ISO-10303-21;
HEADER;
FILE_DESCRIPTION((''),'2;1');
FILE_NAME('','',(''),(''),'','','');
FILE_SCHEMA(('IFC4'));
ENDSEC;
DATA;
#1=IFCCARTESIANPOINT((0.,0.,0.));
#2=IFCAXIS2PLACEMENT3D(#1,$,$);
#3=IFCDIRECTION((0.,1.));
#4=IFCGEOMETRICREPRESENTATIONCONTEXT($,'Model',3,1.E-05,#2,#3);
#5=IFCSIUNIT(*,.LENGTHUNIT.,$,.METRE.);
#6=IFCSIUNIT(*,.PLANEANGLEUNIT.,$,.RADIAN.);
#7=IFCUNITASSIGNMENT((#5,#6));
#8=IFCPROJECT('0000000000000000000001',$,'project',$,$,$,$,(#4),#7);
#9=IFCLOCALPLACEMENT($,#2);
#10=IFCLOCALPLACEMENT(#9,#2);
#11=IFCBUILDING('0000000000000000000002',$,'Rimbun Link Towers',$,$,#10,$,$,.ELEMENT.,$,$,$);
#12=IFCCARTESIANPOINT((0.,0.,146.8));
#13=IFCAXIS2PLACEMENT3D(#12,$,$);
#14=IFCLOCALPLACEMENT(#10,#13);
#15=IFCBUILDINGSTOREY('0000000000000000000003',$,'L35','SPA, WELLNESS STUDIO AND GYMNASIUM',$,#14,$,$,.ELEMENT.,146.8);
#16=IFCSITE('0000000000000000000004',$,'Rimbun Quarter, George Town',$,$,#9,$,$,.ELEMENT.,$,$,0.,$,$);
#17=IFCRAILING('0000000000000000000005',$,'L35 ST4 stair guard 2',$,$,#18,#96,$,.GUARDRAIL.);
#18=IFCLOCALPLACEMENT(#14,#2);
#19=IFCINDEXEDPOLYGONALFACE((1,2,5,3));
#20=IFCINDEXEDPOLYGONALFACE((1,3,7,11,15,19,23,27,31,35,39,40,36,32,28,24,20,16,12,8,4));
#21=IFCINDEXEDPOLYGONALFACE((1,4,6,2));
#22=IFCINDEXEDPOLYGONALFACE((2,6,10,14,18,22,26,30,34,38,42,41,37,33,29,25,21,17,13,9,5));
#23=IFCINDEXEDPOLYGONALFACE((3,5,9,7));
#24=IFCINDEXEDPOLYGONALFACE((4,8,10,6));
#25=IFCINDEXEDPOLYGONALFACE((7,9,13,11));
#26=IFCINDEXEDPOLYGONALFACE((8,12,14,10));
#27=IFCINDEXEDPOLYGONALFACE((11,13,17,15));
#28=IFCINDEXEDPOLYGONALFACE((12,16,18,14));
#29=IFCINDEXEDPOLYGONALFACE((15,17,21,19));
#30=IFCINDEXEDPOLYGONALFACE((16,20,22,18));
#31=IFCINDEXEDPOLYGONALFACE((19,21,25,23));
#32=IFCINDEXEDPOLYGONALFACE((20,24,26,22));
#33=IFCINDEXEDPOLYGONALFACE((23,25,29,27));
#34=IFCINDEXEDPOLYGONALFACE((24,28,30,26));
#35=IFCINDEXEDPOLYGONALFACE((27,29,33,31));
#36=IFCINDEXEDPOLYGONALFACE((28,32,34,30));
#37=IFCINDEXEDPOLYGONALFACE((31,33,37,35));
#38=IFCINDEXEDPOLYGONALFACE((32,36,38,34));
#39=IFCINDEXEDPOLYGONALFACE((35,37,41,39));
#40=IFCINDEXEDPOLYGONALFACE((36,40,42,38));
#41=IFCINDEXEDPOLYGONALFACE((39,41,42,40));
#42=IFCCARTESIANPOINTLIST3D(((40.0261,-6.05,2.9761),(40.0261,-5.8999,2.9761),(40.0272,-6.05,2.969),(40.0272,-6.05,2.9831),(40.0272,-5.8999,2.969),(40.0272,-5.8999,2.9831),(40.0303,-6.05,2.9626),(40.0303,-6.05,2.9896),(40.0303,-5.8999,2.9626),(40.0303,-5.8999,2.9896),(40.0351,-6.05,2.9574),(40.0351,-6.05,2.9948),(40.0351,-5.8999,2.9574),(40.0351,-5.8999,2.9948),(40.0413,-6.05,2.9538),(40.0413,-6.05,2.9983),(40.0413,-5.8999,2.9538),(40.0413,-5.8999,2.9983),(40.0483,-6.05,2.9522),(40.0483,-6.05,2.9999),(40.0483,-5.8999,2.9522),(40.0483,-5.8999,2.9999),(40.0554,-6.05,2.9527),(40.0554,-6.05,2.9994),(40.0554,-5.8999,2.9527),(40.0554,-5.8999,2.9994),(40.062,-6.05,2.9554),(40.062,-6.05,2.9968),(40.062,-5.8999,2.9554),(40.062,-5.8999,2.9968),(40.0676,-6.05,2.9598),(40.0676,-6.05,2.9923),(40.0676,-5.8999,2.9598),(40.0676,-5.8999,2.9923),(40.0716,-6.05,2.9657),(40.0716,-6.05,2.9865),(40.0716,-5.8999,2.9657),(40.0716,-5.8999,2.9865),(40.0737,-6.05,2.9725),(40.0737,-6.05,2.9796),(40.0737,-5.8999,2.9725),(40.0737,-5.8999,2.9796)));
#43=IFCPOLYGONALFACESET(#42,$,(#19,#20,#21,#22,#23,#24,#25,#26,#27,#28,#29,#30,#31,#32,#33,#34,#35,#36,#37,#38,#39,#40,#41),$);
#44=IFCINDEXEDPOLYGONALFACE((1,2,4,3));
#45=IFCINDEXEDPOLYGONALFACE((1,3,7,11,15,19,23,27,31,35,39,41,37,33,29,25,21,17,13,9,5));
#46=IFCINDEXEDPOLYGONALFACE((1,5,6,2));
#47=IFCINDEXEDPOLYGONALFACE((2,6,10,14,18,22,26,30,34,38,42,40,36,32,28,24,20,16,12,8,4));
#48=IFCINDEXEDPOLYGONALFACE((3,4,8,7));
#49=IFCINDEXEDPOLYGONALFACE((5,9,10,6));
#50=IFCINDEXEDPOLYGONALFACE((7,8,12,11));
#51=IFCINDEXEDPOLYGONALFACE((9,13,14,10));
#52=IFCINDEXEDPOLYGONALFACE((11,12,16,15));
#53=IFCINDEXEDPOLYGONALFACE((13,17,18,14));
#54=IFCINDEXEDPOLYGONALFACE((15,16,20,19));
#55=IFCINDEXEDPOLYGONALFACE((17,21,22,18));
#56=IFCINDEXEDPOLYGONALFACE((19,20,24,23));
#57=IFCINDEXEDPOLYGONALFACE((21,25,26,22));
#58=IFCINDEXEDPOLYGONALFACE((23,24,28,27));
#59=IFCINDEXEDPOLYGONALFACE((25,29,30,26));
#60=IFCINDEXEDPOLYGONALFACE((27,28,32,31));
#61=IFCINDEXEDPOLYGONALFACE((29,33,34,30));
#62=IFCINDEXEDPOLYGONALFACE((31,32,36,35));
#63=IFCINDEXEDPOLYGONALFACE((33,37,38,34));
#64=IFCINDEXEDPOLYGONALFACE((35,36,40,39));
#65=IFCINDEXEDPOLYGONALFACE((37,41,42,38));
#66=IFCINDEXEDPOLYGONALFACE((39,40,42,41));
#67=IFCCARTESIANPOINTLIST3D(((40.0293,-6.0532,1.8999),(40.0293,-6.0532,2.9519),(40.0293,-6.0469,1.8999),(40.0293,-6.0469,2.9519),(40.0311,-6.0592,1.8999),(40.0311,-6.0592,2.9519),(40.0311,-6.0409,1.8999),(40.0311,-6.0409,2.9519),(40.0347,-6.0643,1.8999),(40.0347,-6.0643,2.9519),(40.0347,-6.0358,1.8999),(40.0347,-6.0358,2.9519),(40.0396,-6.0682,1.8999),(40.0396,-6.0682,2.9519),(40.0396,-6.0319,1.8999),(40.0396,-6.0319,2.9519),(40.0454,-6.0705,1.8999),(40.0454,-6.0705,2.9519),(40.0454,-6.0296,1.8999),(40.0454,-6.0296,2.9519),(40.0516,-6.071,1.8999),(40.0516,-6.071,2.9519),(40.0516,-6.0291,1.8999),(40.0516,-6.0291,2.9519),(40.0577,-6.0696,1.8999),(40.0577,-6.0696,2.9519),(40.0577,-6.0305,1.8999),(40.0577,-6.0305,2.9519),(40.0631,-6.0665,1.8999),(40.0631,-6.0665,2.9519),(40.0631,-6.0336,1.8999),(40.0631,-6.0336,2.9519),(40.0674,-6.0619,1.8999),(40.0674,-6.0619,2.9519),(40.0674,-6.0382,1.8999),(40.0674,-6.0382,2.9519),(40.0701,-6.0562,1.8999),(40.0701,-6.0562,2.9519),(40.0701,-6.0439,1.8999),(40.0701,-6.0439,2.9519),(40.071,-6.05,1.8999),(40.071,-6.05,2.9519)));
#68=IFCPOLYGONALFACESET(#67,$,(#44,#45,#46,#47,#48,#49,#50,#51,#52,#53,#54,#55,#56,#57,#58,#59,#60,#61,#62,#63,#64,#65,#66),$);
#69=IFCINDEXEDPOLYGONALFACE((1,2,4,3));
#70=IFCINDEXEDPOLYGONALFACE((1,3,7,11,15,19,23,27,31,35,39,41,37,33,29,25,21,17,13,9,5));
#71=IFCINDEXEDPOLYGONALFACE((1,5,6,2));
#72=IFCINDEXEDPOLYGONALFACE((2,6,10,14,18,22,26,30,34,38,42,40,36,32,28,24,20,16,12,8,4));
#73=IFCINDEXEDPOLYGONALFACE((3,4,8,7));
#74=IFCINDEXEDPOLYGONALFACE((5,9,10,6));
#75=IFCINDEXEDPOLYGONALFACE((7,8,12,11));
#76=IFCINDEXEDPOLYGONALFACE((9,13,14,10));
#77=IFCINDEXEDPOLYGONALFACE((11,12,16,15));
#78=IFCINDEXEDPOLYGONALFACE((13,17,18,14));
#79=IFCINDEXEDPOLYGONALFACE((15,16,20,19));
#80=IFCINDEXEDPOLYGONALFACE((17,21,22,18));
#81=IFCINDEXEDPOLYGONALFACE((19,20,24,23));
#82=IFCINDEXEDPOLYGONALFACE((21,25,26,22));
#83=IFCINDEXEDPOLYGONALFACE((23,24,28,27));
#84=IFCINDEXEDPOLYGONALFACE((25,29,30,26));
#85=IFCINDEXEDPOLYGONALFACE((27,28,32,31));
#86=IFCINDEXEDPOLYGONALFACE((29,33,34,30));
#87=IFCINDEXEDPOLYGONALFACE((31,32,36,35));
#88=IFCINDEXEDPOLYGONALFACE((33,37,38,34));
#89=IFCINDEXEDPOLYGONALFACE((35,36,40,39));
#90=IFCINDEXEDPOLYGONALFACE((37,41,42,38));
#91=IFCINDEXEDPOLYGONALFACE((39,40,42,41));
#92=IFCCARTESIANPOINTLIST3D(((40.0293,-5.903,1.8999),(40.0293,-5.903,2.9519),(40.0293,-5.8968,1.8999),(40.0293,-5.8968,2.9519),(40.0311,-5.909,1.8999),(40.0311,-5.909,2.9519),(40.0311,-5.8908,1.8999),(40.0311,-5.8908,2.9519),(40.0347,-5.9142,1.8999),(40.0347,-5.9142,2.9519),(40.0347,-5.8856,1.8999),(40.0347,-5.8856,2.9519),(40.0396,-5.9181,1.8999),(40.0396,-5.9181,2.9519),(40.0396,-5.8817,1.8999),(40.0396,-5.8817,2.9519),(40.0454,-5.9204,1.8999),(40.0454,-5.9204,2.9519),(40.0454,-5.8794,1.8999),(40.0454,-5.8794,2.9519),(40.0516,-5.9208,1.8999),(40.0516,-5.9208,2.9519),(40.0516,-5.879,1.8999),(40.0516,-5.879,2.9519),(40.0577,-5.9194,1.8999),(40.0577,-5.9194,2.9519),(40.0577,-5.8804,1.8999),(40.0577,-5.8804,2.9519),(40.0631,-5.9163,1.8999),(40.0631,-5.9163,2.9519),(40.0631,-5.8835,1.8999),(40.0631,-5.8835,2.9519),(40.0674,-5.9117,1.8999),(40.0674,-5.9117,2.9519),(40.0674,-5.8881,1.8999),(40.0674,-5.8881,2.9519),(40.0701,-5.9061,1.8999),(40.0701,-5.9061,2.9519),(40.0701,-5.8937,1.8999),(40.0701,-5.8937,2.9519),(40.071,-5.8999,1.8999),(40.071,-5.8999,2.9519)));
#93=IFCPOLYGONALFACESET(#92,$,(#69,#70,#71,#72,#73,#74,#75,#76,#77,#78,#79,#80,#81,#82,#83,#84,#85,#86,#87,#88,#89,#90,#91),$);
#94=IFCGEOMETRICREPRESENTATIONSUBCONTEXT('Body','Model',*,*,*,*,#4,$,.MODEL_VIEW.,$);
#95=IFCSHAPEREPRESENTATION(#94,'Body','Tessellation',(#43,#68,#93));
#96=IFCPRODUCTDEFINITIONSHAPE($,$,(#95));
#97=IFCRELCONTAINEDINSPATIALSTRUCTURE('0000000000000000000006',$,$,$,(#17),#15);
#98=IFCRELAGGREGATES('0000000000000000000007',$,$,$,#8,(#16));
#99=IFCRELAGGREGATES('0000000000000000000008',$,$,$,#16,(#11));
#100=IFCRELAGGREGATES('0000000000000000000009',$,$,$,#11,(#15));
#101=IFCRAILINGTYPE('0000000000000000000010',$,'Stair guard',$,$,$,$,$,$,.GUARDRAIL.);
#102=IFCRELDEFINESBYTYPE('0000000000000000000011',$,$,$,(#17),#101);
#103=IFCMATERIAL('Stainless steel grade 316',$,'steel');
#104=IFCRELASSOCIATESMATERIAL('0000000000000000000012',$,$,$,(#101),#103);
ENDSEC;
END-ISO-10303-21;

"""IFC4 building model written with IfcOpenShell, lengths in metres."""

from ifc_helpers import new_model, si_unit, direction, frame, origin, origin_2d, place, context, subcontext, project, spatial, circle, extrude, material, type_object, element, save


model = new_model("IFC4")

# Units and contexts
model_context = context("Model", 3, precision=1e-05, world=origin(), true_north=direction((0.0, 1.0)))
body_context = subcontext(model_context, "Body", "Model", "MODEL_VIEW")
ifc_project = project(units=[si_unit("LENGTHUNIT", "METRE"), si_unit("PLANEANGLEUNIT", "RADIAN")], contexts=[model_context])

# Site, building, storey
site_placement = place(None, origin())
site = spatial("IfcSite", under=ifc_project, at=site_placement, Name="Rimbun Quarter, George Town", CompositionType="ELEMENT", RefElevation=0.0)
building_placement = place(site_placement, origin())
building = spatial("IfcBuilding", under=site, at=building_placement, Name="Rimbun Link Towers", CompositionType="ELEMENT")
storey_placement = place(building_placement, frame((0.0, 0.0, 146.8)))
storey = spatial("IfcBuildingStorey", under=building, at=storey_placement, Name="L35", Description="SPA, WELLNESS STUDIO AND GYMNASIUM", CompositionType="ELEMENT", Elevation=146.8)

# Railing
ifc_material_1 = material(Name="Stainless steel grade 316", Category="steel")
railing_type_1 = type_object("IfcRailingType", Name="Stair guard", PredefinedType="GUARDRAIL", material=ifc_material_1)
railing_1_placement = place(storey_placement, frame((40.05, -6.05, 1.8999)))
element("IfcRailing", 1, at=railing_1_placement, inside=storey, type_object=railing_type_1, Name="L35 ST4 stair guard 2", PredefinedType="GUARDRAIL", context=body_context, shape_type="SweptSolid", body=[
    extrude(circle(Radius=0.0239, at=origin_2d()), frame((0.0, 0.0, 1.0762), z_axis=(0.0, 1.0, 0.0), x_axis=(-1.0, 0.0, 0.0)), (0.0, 0.0, 1.0), 0.1501),
    extrude(circle(Radius=0.021, at=origin_2d()), origin(), (0.0, 0.0, 1.0), 1.052),
    extrude(circle(Radius=0.021, at=origin_2d()), frame((0.0, 0.1501, 0.0)), (0.0, 0.0, 1.0), 1.052),
])

save(model, "model.ifc")
